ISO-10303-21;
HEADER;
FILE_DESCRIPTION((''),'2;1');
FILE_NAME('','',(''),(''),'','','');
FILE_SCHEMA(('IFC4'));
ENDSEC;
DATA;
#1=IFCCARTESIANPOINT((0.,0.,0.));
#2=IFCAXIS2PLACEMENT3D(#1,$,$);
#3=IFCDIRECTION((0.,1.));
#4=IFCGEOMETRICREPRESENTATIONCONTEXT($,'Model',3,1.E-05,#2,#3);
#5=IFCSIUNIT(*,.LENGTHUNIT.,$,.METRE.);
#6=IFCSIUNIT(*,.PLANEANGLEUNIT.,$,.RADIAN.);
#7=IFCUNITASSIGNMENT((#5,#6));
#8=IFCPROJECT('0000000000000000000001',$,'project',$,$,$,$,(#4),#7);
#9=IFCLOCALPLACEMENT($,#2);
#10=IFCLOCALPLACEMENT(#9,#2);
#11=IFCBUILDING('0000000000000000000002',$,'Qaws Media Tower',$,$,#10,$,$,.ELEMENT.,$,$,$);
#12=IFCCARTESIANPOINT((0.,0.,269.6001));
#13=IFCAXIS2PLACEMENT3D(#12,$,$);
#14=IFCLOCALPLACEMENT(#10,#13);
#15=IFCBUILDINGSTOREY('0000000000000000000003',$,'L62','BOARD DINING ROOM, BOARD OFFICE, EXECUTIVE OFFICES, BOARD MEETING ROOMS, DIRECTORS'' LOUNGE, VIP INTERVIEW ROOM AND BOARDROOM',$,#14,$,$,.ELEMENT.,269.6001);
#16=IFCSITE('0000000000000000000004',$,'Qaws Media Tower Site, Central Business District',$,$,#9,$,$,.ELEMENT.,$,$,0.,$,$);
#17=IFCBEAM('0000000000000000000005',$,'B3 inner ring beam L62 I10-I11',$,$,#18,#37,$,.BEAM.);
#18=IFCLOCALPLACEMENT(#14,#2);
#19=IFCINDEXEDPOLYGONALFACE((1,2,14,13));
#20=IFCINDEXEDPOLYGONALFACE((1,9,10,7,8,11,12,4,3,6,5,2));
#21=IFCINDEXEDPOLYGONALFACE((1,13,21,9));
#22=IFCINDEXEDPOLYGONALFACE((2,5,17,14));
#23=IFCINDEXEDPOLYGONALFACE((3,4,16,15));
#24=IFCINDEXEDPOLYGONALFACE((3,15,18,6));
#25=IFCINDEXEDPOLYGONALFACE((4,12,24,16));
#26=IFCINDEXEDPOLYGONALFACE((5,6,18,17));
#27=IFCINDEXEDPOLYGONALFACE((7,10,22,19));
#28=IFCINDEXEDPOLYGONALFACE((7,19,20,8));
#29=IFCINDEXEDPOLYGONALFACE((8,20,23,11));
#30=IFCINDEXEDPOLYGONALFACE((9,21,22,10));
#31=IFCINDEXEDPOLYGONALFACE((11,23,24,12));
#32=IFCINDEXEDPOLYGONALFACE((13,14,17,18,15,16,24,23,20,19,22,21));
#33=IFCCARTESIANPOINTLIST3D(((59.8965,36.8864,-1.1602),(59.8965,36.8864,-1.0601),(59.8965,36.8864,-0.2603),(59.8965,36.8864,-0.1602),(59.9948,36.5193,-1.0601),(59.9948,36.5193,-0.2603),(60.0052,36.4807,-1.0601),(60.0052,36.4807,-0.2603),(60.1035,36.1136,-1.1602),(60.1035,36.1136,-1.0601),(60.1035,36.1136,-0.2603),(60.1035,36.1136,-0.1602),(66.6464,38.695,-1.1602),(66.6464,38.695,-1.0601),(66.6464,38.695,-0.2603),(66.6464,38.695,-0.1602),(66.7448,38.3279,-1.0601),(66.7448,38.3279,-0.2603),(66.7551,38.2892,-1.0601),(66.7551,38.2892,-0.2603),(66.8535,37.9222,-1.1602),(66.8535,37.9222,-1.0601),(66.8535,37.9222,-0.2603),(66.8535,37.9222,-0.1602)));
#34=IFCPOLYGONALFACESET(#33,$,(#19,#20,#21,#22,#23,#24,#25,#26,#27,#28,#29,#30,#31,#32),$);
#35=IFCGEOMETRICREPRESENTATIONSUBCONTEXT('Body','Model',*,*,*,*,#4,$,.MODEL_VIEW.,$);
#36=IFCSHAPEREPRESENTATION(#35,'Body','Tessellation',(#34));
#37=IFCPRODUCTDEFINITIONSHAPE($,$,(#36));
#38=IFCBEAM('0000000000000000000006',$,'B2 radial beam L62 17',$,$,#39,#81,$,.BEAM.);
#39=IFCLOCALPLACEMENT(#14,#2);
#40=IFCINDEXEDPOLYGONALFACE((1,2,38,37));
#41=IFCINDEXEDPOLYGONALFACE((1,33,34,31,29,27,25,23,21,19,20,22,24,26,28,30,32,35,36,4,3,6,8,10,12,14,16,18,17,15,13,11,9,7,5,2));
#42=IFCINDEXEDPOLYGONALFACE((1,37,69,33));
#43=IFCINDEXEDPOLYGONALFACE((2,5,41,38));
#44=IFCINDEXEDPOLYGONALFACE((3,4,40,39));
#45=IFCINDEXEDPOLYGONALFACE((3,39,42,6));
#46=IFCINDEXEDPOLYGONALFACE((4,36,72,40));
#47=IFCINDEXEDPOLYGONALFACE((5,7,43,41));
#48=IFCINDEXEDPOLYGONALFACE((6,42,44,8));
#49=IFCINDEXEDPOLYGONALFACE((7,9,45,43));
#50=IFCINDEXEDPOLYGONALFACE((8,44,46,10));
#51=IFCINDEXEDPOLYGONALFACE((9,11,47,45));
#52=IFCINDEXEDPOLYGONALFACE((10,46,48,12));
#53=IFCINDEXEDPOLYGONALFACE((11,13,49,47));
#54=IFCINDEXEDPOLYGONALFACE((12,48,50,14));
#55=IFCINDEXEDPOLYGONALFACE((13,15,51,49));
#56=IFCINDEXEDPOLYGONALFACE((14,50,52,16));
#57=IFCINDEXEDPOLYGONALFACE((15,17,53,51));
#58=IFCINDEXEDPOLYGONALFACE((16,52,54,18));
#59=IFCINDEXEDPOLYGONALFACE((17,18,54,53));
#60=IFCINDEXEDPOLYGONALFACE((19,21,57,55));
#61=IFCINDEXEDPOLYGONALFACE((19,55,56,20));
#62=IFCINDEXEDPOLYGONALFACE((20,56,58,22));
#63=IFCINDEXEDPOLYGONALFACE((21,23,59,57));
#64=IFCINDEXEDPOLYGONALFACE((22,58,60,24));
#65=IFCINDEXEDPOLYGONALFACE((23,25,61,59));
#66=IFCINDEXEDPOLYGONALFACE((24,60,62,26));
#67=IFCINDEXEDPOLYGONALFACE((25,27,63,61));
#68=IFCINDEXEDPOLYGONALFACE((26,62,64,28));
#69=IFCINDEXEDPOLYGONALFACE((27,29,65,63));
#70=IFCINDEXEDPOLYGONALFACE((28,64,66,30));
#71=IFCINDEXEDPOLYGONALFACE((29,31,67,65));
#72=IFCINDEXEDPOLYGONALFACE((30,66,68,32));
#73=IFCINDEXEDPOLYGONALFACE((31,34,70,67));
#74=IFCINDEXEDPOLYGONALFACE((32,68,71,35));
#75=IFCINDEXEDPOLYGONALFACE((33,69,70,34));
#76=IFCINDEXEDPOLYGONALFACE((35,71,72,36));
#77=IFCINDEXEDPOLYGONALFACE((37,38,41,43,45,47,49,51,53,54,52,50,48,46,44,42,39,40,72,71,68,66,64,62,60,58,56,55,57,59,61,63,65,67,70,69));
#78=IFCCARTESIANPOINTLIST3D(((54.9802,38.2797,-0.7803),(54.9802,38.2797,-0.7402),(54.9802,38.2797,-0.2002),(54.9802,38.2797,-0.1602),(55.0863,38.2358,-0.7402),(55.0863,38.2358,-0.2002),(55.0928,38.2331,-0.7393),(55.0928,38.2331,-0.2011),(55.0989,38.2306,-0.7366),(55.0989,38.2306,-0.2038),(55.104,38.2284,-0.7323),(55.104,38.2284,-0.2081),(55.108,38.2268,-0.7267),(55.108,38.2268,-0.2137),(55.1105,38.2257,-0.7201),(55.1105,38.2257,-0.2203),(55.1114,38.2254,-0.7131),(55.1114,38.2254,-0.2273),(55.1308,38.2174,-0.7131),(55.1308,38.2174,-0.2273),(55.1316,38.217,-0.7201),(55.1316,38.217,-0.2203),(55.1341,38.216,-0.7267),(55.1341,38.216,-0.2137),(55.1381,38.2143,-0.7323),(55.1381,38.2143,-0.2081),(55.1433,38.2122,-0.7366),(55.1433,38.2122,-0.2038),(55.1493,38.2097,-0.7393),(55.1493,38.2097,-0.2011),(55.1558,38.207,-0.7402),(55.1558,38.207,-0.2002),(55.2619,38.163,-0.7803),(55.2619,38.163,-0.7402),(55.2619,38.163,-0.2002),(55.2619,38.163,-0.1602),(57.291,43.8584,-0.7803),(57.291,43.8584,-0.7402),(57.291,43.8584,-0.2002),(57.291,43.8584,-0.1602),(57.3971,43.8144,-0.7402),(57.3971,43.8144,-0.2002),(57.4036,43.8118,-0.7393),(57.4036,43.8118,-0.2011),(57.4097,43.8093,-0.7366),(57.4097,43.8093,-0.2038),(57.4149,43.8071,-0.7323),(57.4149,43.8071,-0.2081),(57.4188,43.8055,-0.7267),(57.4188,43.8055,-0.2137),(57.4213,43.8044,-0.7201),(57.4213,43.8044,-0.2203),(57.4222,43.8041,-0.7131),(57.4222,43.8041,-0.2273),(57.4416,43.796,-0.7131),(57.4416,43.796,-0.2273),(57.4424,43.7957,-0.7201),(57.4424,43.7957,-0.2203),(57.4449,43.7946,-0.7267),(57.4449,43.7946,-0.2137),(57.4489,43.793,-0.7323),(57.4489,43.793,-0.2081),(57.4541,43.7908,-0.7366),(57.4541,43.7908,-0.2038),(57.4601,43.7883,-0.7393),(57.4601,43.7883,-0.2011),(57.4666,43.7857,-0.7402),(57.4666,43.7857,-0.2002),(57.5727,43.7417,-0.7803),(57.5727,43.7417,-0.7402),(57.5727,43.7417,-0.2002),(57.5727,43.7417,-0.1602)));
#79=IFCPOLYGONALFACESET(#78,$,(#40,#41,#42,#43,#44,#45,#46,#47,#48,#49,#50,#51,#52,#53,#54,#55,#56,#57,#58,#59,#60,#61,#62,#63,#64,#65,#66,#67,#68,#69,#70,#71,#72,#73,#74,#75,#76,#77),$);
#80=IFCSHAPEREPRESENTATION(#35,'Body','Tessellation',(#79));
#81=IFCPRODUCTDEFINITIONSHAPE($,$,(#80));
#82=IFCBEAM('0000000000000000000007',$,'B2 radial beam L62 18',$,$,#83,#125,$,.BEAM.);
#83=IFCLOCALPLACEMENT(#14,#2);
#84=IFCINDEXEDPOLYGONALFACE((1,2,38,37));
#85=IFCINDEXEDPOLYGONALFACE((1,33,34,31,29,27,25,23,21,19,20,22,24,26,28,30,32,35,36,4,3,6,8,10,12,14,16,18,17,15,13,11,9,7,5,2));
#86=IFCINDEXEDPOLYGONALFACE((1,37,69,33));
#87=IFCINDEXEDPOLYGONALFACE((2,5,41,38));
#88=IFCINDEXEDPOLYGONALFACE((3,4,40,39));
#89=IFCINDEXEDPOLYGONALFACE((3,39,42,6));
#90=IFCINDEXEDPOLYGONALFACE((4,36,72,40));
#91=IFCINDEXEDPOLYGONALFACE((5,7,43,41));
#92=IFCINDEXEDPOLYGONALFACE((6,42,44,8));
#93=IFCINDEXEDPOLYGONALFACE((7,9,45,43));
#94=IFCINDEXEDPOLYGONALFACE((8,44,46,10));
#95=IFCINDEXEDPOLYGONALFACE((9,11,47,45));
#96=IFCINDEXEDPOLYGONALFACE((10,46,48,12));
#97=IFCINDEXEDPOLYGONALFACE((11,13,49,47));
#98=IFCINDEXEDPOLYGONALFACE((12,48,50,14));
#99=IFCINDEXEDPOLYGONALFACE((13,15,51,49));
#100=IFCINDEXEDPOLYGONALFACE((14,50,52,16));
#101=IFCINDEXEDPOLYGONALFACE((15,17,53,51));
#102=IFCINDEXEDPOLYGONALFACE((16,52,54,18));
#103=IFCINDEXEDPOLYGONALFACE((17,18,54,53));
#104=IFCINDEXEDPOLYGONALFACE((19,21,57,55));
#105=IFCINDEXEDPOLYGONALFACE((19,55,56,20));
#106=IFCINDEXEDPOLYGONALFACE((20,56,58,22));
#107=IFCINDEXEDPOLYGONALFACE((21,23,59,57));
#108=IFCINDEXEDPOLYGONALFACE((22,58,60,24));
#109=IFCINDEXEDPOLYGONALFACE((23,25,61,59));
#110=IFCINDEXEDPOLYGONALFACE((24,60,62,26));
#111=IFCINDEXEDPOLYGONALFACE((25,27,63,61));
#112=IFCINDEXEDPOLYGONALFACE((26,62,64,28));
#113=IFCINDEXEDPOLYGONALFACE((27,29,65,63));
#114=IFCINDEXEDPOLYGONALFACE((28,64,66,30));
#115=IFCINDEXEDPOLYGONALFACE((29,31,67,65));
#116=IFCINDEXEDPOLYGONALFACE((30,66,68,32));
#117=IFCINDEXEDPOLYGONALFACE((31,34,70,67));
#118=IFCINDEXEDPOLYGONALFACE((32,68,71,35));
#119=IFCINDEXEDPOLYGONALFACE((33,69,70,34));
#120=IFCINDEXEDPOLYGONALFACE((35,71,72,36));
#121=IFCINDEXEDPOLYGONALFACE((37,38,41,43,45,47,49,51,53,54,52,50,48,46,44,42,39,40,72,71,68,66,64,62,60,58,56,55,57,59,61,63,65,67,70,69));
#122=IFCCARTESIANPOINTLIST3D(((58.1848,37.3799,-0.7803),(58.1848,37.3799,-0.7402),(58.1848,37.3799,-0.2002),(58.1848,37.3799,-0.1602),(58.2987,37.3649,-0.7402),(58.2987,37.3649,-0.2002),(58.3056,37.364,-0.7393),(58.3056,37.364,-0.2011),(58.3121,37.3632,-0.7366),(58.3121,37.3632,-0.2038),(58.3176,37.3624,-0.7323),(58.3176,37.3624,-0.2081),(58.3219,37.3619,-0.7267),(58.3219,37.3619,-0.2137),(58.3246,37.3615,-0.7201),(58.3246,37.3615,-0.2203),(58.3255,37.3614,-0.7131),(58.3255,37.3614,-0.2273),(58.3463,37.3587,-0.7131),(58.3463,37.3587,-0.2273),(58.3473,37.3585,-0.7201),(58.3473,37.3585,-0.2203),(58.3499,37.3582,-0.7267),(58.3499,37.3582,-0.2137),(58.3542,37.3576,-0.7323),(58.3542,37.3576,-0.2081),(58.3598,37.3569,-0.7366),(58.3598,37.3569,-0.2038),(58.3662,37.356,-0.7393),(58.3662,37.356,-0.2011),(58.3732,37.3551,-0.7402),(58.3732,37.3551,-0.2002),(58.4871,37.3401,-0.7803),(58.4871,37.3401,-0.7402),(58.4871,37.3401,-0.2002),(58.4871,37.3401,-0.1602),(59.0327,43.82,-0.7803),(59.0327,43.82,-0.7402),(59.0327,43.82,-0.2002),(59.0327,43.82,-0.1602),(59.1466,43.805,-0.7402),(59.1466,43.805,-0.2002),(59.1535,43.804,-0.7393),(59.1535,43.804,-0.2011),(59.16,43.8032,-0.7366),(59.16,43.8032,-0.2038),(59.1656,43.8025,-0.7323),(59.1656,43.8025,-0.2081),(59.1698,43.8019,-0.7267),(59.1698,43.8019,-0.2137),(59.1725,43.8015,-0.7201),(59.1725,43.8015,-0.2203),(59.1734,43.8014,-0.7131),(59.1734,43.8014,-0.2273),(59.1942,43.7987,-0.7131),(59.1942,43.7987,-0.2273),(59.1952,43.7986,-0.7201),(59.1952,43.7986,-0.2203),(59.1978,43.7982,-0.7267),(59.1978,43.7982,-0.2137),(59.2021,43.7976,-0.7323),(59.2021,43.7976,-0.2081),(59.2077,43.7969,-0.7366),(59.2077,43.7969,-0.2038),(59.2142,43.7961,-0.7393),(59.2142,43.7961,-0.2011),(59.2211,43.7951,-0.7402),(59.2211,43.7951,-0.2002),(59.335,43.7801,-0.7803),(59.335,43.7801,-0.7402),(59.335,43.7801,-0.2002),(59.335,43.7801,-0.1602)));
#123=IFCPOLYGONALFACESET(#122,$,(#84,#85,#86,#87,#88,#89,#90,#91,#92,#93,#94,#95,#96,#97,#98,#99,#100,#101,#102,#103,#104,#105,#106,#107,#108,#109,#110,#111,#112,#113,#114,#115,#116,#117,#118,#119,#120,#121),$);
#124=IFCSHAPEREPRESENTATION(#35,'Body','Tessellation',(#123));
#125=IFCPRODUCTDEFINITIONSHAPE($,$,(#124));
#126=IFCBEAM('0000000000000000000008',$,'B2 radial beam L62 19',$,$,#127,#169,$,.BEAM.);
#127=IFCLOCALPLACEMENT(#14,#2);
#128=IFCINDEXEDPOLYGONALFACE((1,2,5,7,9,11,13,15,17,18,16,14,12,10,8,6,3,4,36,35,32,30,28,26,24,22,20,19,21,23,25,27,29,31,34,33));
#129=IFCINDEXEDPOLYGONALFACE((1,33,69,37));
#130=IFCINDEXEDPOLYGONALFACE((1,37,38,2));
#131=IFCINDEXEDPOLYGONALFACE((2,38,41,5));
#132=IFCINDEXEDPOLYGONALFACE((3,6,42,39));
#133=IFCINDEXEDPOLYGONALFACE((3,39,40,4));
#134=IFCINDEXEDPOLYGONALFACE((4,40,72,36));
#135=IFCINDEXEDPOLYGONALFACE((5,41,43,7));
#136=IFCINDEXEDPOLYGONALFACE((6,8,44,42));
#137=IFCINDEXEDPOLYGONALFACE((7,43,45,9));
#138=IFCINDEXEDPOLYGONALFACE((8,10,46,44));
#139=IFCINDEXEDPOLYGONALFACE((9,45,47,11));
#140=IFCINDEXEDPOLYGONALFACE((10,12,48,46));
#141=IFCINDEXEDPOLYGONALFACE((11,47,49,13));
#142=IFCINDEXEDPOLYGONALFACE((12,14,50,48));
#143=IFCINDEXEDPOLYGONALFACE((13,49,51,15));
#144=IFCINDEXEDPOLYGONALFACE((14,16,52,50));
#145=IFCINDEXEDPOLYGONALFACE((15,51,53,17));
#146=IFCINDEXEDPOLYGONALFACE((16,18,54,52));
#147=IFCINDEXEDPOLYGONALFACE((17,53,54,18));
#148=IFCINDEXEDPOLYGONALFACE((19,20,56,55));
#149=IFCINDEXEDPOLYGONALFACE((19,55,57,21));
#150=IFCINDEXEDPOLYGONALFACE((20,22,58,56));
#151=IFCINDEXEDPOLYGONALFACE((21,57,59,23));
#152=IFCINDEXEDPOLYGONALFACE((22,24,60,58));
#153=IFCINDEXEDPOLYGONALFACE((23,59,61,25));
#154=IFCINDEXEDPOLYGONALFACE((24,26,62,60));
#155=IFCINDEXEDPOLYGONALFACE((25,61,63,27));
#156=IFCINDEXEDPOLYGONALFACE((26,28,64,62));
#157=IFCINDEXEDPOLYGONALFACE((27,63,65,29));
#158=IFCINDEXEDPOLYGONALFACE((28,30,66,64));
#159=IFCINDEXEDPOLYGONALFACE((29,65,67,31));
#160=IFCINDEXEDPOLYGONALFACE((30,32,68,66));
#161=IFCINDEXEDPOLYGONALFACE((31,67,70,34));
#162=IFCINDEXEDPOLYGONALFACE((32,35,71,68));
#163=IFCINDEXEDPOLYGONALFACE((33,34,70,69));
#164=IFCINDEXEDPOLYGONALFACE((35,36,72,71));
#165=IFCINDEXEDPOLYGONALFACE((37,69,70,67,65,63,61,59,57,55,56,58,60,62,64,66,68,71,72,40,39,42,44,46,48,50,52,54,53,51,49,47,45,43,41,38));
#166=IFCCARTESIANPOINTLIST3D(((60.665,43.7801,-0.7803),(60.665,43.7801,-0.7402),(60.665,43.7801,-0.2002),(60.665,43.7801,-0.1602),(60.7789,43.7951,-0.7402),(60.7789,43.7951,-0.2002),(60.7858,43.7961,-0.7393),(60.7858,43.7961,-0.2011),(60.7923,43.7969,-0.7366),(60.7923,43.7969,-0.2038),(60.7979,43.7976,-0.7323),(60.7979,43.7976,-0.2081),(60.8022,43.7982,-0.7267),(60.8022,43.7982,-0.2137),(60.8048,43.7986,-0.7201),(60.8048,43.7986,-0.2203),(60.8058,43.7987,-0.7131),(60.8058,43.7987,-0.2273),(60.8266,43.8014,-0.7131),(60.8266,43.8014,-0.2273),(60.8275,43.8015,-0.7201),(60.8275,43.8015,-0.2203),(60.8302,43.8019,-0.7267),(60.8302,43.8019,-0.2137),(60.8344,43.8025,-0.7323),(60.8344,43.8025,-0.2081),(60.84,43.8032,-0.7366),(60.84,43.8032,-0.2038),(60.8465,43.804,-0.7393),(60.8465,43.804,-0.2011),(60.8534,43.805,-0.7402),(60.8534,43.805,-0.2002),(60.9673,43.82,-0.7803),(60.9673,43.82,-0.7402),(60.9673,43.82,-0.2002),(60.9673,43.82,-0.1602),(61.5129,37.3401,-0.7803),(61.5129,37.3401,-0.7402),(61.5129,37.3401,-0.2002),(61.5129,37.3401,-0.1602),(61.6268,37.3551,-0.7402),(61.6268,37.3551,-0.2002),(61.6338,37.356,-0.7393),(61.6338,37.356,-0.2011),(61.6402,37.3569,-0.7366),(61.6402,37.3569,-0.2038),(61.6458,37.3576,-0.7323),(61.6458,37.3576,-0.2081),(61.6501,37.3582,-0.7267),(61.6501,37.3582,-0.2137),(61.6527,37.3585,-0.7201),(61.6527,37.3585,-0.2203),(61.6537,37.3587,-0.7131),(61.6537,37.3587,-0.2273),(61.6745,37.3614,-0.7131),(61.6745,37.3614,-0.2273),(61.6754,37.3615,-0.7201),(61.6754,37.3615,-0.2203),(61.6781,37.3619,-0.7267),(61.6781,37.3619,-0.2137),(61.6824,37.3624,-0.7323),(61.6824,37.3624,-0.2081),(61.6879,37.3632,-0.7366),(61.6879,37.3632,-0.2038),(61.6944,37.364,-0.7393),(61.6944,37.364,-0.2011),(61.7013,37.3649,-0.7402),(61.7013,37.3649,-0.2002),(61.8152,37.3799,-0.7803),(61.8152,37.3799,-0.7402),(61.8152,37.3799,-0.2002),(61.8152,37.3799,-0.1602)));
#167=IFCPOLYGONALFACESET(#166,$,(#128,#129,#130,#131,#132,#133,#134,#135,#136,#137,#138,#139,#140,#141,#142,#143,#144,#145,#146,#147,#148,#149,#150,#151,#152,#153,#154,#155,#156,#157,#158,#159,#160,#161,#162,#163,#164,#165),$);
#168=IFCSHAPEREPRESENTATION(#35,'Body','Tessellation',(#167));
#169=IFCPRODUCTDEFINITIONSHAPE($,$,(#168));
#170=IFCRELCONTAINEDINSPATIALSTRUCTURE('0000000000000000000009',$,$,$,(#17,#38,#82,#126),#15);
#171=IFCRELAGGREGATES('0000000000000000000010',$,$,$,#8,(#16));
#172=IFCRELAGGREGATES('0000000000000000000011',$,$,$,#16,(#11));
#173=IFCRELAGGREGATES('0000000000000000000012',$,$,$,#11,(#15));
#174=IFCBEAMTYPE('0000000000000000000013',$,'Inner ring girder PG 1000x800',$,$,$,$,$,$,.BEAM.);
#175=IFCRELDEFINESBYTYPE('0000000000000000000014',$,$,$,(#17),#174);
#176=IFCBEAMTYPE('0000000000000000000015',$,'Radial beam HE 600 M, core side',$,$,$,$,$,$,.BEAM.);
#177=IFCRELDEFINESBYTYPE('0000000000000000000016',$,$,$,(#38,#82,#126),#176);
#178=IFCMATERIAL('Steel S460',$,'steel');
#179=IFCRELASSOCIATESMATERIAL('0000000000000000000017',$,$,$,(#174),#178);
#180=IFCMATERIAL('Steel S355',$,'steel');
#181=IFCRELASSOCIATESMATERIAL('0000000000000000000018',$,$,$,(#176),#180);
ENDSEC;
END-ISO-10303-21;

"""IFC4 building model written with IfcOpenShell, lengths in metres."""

from ifc_helpers import new_model, si_unit, direction, frame, origin, origin_2d, place, context, subcontext, project, spatial, i_section, extrude, material, material_profile, profile_set, type_object, element, save


model = new_model("IFC4")

# Units and contexts
model_context = context("Model", 3, precision=1e-05, world=origin(), true_north=direction((0.0, 1.0)))
body_context = subcontext(model_context, "Body", "Model", "MODEL_VIEW")
ifc_project = project(units=[si_unit("LENGTHUNIT", "METRE"), si_unit("PLANEANGLEUNIT", "RADIAN")], contexts=[model_context])

# Site, building, storey
site_placement = place(None, origin())
site = spatial("IfcSite", under=ifc_project, at=site_placement, Name="Qaws Media Tower Site, Central Business District", CompositionType="ELEMENT", RefElevation=0.0)
building_placement = place(site_placement, origin())
building = spatial("IfcBuilding", under=site, at=building_placement, Name="Qaws Media Tower", CompositionType="ELEMENT")
storey_placement = place(building_placement, frame((0.0, 0.0, 269.6001)))
storey = spatial("IfcBuildingStorey", under=building, at=storey_placement, Name="L62", Description="BOARD DINING ROOM, BOARD OFFICE, EXECUTIVE OFFICES, BOARD MEETING ROOMS, DIRECTORS' LOUNGE, VIP INTERVIEW ROOM AND BOARDROOM", CompositionType="ELEMENT", Elevation=269.6001)

# Beams
ifc_material_1 = material(Name="Steel S460", Category="steel")
ifc_material_profile_1 = material_profile(ifc_material_1, i_section(OverallWidth=0.8, OverallDepth=1.0, WebThickness=0.04, FlangeThickness=0.1001, at=origin_2d()), Name="PG 1000x800")
ifc_profile_set_1 = profile_set([ifc_material_profile_1], Name="Steel S460")
beam_type_1 = type_object("IfcBeamType", Name="Inner ring girder PG 1000x800", PredefinedType="BEAM", material=ifc_profile_set_1)
beam_1_placement = place(storey_placement, frame((60.0, 36.5, -0.6602), z_axis=(0.965928, 0.258811, 0.0), x_axis=(-0.258811, 0.965928, 0.0)))
element("IfcBeam", 1, at=beam_1_placement, inside=storey, type_object=beam_type_1, Name="B3 inner ring beam L62 I10-I11", PredefinedType="BEAM", context=body_context, shape_type="SweptSolid", body=[
    extrude(i_section(OverallWidth=0.8, OverallDepth=1.0, WebThickness=0.04, FlangeThickness=0.1001, at=origin_2d()), origin(), (0.0, 0.0, 1.0), 6.988),
])
ifc_material_2 = material(Name="Steel S355", Category="steel")
ifc_material_profile_2 = material_profile(ifc_material_2, i_section(OverallWidth=0.3049, OverallDepth=0.6201, WebThickness=0.021, FlangeThickness=0.04, FilletRadius=0.0271, at=origin_2d()), Name="HE 600 M")
ifc_profile_set_2 = profile_set([ifc_material_profile_2], Name="Steel S355")
beam_type_2 = type_object("IfcBeamType", Name="Radial beam HE 600 M, core side", PredefinedType="BEAM", material=ifc_profile_set_2)
beam_2_placement = place(storey_placement, frame((57.4319, 43.8, -0.4702), z_axis=(-0.382691, -0.923876, 0.0), x_axis=(0.923876, -0.382691, 0.0)))
element("IfcBeam", 2, at=beam_2_placement, inside=storey, type_object=beam_type_2, Name="B2 radial beam L62 17", PredefinedType="BEAM", context=body_context, shape_type="SweptSolid", body=[
    extrude(i_section(OverallWidth=0.3049, OverallDepth=0.6201, WebThickness=0.021, FlangeThickness=0.04, FilletRadius=0.0271, at=origin_2d()), origin(), (0.0, 0.0, 1.0), 6.0383),
])
for number, where, z_axis, x_axis, name in (
    (3, (59.1838, 43.8, -0.4702), (-0.130536, -0.991444, 0.0), (0.991444, -0.130536, 0.0), "B2 radial beam L62 18"),
    (4, (60.8162, 43.8, -0.4702), (0.130536, -0.991444, 0.0), (0.991444, 0.130536, 0.0), "B2 radial beam L62 19"),
):
    element("IfcBeam", number, at=place(storey_placement, frame(where, z_axis=z_axis, x_axis=x_axis)), inside=storey, type_object=beam_type_2, Name=name, PredefinedType="BEAM", context=body_context, shape_type="SweptSolid", body=[
        extrude(i_section(OverallWidth=0.3049, OverallDepth=0.6201, WebThickness=0.021, FlangeThickness=0.04, FilletRadius=0.0271, at=origin_2d()), origin(), (0.0, 0.0, 1.0), 6.4956),
    ])

save(model, "model.ifc")
